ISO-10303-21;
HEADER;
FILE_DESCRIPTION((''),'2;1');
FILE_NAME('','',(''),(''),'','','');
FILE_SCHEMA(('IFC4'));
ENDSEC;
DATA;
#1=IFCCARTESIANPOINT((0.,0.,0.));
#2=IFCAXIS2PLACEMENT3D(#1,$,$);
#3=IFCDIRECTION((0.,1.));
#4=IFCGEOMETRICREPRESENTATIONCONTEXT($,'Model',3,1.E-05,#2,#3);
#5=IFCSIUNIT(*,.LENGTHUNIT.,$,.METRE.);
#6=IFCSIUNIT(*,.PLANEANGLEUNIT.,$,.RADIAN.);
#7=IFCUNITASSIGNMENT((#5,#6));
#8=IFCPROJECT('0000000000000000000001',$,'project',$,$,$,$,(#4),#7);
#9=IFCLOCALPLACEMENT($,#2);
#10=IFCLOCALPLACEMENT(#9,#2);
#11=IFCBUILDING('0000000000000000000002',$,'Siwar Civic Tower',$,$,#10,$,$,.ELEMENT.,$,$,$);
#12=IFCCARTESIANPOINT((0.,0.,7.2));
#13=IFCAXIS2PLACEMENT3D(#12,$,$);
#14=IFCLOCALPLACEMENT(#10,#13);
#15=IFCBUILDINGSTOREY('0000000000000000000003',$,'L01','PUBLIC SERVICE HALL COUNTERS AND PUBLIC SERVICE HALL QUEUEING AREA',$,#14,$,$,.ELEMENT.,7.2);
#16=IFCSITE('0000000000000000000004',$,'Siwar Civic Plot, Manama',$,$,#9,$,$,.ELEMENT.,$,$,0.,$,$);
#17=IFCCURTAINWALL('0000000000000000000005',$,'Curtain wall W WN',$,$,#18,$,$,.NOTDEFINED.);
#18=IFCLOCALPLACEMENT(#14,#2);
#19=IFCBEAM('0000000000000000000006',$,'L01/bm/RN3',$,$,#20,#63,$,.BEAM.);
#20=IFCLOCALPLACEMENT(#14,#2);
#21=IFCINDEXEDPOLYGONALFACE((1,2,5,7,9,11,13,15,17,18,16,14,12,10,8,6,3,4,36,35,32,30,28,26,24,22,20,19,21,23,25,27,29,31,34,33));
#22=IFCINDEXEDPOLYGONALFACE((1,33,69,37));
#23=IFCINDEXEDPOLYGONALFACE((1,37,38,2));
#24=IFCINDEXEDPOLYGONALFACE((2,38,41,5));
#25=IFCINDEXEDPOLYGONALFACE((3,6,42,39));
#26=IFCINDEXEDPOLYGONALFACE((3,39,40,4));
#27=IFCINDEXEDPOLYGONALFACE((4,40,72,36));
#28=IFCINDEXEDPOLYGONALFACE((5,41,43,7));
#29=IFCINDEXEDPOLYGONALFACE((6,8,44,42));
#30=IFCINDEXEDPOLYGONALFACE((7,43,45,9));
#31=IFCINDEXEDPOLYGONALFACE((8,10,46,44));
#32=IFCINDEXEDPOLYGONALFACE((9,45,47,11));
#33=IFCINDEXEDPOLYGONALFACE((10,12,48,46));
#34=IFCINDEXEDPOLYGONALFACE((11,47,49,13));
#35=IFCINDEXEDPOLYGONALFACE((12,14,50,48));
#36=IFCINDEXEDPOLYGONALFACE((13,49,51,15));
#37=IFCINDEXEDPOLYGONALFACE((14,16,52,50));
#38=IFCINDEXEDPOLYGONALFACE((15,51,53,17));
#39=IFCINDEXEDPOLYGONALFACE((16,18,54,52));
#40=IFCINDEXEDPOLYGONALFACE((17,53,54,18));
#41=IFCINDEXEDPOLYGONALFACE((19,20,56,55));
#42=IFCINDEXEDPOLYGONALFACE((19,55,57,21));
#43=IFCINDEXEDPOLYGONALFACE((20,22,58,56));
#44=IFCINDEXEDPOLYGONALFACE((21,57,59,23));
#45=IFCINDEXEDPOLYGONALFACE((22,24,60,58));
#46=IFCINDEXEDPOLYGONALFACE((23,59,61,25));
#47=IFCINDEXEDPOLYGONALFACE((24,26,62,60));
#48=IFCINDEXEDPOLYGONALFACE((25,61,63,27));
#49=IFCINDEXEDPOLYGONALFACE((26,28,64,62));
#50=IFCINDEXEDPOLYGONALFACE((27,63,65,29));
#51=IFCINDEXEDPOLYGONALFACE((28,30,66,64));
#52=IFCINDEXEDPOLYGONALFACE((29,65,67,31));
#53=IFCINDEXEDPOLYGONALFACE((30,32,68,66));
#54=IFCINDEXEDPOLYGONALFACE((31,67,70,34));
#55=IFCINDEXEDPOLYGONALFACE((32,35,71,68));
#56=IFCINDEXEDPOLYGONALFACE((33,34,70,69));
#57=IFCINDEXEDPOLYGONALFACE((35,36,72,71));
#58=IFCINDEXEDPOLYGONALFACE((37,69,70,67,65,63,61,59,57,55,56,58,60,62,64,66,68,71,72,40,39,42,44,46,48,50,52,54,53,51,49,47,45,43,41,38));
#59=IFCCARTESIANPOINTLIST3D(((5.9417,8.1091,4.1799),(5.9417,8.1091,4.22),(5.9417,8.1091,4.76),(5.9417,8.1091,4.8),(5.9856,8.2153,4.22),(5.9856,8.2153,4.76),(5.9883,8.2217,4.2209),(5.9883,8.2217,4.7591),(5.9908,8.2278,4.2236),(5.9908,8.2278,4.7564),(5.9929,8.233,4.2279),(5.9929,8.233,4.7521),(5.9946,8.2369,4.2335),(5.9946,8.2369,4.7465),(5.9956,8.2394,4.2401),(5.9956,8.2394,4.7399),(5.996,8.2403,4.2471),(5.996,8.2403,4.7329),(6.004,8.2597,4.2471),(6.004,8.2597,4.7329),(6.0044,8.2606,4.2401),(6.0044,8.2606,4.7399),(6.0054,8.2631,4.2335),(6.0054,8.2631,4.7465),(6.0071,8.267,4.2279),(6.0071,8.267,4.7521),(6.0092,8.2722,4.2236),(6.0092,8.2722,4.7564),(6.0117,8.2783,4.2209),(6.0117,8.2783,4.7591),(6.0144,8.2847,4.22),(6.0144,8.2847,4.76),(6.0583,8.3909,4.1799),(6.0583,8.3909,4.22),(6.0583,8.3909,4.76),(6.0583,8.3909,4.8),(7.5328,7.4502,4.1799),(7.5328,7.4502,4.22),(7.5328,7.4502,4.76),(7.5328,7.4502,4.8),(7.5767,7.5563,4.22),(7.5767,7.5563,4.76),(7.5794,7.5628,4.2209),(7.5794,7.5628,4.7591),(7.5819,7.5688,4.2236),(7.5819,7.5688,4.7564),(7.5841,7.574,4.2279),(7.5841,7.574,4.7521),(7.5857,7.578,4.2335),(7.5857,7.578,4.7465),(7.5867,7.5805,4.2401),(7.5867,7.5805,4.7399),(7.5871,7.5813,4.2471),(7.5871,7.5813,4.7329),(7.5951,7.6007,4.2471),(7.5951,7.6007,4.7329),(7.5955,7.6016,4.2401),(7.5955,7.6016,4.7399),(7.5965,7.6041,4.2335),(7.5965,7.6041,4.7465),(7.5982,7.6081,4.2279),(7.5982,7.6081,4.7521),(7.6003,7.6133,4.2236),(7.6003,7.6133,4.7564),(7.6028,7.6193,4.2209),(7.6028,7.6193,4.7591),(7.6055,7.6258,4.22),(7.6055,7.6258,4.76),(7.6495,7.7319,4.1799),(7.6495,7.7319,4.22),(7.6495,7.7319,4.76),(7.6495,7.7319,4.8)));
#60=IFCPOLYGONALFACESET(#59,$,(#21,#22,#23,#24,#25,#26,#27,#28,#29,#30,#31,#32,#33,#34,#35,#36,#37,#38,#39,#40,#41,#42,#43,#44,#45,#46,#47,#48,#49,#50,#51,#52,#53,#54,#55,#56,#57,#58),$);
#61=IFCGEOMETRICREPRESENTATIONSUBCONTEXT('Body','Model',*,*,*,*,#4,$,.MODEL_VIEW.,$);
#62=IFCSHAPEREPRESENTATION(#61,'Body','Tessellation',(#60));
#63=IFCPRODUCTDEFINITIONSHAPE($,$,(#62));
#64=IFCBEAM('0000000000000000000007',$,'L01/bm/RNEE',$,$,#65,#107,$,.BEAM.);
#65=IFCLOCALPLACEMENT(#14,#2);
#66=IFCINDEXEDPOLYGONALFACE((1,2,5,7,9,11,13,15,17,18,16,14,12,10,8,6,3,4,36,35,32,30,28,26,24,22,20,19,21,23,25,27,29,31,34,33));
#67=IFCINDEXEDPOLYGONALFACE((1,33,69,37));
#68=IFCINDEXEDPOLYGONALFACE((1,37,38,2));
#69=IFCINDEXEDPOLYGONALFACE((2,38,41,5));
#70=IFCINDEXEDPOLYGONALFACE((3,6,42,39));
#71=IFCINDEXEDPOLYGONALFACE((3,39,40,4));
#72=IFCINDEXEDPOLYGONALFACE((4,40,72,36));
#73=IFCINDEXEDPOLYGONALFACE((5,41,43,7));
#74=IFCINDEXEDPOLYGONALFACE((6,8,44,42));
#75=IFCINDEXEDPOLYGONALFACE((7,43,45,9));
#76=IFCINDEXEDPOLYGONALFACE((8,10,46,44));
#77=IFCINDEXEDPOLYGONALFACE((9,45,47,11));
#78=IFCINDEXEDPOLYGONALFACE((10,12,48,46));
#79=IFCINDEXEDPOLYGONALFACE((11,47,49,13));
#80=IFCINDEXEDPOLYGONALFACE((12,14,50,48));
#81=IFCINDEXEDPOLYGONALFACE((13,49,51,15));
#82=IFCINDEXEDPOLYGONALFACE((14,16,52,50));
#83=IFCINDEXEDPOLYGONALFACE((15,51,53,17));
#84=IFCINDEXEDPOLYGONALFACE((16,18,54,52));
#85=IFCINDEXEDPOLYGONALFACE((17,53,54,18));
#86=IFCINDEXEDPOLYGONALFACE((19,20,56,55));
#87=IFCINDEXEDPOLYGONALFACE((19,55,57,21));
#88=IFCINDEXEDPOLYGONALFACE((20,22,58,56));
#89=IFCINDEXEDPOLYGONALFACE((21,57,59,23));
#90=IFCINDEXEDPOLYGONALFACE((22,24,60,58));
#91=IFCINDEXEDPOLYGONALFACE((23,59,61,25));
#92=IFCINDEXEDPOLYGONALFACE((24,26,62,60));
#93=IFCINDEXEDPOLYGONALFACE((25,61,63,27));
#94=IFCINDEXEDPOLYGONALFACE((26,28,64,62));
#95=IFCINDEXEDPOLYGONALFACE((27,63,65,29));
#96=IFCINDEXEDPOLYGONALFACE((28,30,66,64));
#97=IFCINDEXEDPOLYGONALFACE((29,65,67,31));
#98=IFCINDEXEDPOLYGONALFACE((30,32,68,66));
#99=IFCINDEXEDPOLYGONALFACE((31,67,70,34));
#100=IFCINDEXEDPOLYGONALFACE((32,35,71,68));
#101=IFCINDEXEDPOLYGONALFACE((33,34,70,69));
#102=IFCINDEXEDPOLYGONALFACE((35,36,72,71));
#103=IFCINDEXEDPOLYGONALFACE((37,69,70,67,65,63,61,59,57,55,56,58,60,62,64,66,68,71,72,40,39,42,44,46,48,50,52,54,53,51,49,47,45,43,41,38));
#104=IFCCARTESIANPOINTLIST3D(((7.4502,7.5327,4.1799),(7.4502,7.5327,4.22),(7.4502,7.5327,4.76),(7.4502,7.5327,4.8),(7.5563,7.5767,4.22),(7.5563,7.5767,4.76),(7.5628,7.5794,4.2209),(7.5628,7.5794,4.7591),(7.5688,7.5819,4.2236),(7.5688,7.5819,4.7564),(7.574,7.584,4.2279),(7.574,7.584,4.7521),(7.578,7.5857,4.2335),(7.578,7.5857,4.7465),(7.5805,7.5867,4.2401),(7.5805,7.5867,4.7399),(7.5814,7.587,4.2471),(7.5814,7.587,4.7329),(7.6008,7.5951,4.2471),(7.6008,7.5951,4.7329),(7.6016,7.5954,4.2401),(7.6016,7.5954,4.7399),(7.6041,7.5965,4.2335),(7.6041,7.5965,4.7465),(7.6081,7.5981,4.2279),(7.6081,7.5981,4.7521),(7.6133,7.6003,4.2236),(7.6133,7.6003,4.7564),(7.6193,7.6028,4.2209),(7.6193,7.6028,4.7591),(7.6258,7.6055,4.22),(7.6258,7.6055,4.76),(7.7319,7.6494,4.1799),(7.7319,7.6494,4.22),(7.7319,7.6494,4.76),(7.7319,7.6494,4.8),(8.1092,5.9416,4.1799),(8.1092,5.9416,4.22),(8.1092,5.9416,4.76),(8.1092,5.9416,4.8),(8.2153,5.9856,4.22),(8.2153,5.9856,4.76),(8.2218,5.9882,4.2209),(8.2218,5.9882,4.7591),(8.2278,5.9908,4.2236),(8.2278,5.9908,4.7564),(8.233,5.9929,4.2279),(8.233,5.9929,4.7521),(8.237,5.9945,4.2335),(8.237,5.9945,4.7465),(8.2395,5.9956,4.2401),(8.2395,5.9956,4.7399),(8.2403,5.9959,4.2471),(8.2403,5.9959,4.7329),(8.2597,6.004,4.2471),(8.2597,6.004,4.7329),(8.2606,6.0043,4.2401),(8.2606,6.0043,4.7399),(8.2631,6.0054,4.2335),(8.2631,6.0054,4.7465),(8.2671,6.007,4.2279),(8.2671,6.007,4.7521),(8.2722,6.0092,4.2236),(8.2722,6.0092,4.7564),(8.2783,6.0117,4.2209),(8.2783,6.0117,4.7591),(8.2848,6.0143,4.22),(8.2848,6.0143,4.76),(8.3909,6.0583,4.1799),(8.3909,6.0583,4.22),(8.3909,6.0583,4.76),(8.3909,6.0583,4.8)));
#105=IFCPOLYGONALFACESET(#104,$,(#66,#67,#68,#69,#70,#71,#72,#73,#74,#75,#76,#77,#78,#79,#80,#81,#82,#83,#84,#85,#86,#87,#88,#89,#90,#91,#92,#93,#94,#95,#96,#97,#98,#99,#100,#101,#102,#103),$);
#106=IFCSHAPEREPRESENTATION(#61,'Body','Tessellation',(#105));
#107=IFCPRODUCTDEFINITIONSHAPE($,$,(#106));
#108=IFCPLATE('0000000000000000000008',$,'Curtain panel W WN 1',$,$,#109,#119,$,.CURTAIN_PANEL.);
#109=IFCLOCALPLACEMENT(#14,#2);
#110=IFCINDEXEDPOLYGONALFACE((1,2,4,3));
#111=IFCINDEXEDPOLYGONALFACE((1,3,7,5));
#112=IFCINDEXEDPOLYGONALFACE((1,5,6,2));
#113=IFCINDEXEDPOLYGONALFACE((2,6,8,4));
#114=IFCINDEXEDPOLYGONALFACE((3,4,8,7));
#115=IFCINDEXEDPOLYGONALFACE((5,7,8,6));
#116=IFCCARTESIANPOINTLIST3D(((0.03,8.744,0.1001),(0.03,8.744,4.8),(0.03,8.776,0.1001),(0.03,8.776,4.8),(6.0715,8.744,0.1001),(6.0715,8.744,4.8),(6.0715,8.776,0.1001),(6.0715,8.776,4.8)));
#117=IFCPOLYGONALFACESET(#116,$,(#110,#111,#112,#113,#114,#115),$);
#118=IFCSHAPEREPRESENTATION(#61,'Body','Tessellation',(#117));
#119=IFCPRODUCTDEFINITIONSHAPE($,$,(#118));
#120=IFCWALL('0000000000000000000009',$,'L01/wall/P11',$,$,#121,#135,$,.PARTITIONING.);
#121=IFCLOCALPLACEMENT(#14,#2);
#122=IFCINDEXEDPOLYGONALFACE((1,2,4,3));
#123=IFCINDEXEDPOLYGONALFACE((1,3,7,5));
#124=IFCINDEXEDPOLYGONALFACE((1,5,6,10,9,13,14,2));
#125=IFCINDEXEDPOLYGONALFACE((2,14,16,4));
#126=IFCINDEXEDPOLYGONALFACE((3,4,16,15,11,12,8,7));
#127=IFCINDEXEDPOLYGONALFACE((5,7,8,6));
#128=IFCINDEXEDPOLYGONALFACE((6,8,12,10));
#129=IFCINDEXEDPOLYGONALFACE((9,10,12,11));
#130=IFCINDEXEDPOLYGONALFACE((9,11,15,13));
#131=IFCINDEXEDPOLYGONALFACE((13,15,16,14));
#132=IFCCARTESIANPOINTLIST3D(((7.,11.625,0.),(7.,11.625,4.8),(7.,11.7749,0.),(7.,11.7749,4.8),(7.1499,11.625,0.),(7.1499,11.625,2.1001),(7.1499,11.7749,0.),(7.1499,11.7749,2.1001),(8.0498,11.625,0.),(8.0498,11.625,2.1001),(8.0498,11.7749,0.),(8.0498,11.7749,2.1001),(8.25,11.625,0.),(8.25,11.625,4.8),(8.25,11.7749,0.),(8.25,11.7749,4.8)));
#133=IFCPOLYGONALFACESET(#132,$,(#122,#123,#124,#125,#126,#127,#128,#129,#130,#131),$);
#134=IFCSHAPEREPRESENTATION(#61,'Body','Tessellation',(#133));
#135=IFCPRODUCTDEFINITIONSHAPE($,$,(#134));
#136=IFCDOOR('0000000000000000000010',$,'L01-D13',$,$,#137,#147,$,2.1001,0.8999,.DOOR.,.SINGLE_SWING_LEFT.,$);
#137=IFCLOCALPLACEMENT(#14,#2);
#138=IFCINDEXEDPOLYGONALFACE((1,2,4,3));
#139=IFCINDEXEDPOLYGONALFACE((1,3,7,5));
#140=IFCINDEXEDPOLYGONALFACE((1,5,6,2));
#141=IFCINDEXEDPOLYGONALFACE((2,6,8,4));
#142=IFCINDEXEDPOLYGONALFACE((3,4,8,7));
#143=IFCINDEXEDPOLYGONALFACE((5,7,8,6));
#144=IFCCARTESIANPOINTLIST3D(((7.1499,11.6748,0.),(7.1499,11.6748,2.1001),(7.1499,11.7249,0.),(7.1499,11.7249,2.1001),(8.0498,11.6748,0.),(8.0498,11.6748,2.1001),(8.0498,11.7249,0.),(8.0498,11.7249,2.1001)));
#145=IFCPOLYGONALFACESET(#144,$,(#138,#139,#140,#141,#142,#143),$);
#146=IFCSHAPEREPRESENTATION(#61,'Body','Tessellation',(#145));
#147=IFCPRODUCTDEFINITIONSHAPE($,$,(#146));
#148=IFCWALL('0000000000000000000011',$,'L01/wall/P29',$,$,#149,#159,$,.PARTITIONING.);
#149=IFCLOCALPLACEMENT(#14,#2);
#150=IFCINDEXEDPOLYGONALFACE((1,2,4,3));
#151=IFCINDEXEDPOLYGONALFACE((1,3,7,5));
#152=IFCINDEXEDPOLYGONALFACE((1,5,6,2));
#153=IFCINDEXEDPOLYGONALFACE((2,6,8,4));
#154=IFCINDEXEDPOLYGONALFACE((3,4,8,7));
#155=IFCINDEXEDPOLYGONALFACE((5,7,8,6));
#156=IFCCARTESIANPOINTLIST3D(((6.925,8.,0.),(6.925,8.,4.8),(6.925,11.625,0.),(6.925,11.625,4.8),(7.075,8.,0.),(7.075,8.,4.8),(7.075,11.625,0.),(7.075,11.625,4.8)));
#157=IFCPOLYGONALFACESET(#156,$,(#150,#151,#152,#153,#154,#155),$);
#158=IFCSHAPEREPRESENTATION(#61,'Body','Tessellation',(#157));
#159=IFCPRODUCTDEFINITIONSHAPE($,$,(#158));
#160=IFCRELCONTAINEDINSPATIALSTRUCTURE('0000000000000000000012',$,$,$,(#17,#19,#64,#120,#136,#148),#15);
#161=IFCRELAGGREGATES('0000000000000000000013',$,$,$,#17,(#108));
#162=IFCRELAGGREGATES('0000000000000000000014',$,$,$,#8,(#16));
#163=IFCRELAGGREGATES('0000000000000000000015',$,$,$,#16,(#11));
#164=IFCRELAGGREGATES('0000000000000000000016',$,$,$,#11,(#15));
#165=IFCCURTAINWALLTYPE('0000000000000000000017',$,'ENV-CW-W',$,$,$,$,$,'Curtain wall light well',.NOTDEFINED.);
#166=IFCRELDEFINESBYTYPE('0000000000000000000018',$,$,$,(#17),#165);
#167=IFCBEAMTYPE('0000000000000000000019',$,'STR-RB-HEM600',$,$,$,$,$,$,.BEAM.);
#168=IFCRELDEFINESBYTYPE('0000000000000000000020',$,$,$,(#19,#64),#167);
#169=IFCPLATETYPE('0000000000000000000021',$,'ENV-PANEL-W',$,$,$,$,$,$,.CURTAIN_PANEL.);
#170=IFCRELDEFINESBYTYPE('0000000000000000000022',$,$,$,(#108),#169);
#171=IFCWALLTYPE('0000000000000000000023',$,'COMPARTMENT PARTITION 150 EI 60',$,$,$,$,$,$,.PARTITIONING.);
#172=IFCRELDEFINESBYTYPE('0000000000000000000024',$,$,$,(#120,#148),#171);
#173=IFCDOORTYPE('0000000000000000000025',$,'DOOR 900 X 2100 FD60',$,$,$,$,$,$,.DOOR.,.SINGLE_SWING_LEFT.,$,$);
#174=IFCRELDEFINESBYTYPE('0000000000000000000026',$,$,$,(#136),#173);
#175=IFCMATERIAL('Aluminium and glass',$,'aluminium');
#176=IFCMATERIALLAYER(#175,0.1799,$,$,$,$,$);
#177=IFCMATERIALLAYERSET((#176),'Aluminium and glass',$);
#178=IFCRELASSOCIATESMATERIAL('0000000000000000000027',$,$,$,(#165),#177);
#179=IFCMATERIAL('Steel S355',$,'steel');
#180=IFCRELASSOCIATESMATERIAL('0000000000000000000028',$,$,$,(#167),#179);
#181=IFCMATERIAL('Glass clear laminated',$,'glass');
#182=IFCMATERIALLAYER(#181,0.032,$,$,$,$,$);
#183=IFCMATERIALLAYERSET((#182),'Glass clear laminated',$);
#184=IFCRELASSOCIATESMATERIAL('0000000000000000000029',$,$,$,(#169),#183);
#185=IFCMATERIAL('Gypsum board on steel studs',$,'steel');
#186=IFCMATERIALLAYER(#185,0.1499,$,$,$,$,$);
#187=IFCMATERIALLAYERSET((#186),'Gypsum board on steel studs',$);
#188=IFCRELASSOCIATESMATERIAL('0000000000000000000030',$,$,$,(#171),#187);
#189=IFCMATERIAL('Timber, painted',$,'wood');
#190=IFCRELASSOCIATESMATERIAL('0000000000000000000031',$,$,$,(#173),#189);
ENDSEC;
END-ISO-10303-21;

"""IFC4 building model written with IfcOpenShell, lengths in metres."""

from ifc_helpers import new_model, si_unit, direction, frame, frame_2d, origin, origin_2d, place, context, subcontext, project, spatial, rectangle, i_section, extrude, material, layer, layer_set, material_profile, profile_set, type_object, element, fill, aggregate, save


model = new_model("IFC4")

# Units and contexts
model_context = context("Model", 3, precision=1e-05, world=origin(), true_north=direction((0.0, 1.0)))
body_context = subcontext(model_context, "Body", "Model", "MODEL_VIEW")
ifc_project = project(units=[si_unit("LENGTHUNIT", "METRE"), si_unit("PLANEANGLEUNIT", "RADIAN")], contexts=[model_context])

# Site, building, storey
site_placement = place(None, origin())
site = spatial("IfcSite", under=ifc_project, at=site_placement, Name="Siwar Civic Plot, Manama", CompositionType="ELEMENT", RefElevation=0.0)
building_placement = place(site_placement, origin())
building = spatial("IfcBuilding", under=site, at=building_placement, Name="Siwar Civic Tower", CompositionType="ELEMENT")
storey_placement = place(building_placement, frame((0.0, 0.0, 7.2)))
storey = spatial("IfcBuildingStorey", under=building, at=storey_placement, Name="L01", Description="PUBLIC SERVICE HALL COUNTERS AND PUBLIC SERVICE HALL QUEUEING AREA", CompositionType="ELEMENT", Elevation=7.2)

# Curtain wall
ifc_material_1 = material(Name="Aluminium and glass", Category="aluminium")
ifc_layer_1 = layer(ifc_material_1, 0.1799)
ifc_layer_set_1 = layer_set([ifc_layer_1], Name="Aluminium and glass")
curtain_wall_type = type_object("IfcCurtainWallType", Name="ENV-CW-W", ElementType="Curtain wall light well", PredefinedType="NOTDEFINED", material=ifc_layer_set_1)
curtain_wall_placement = place(storey_placement, origin())
curtain_wall = element("IfcCurtainWall", 1, at=curtain_wall_placement, inside=storey, type_object=curtain_wall_type, Name="Curtain wall W WN", PredefinedType="NOTDEFINED")

# Beams
ifc_material_2 = material(Name="Steel S355", Category="steel")
ifc_material_profile_1 = material_profile(ifc_material_2, i_section(OverallWidth=0.3049, OverallDepth=0.6201, WebThickness=0.021, FlangeThickness=0.04, FilletRadius=0.0271, at=origin_2d()), Name="HEM600")
ifc_profile_set_1 = profile_set([ifc_material_profile_1], Name="Steel S355")
beam_type_1 = type_object("IfcBeamType", Name="STR-RB-HEM600", PredefinedType="BEAM", material=ifc_profile_set_1)
for number, where, z_axis, x_axis, name in (
    (2, (6.0, 8.25, 4.49), (0.923901, -0.382631, 0.0), (0.382631, 0.923901, 0.0), "L01/bm/RN3"),
    (3, (7.5911, 7.5911, 4.49), (0.382631, -0.923901, 0.0), (0.923901, 0.382631, 0.0), "L01/bm/RNEE"),
):
    element("IfcBeam", number, at=place(storey_placement, frame(where, z_axis=z_axis, x_axis=x_axis)), inside=storey, type_object=beam_type_1, Name=name, PredefinedType="BEAM", context=body_context, shape_type="SweptSolid", body=[
        extrude(i_section(OverallWidth=0.3049, OverallDepth=0.6201, WebThickness=0.021, FlangeThickness=0.04, FilletRadius=0.0271, at=origin_2d()), origin(), (0.0, 0.0, 1.0), 1.7222),
    ])

# Plate
ifc_material_3 = material(Name="Glass clear laminated", Category="glass")
ifc_layer_2 = layer(ifc_material_3, 0.032)
ifc_layer_set_2 = layer_set([ifc_layer_2], Name="Glass clear laminated")
plate_type = type_object("IfcPlateType", Name="ENV-PANEL-W", PredefinedType="CURTAIN_PANEL", material=ifc_layer_set_2)
plate_placement = place(storey_placement, frame((3.0508, 8.76, 0.1001), z_axis=(0.0, 0.0, 1.0), x_axis=(-1.0, 0.0, 0.0)))
plate = element("IfcPlate", 4, at=plate_placement, type_object=plate_type, Name="Curtain panel W WN 1", PredefinedType="CURTAIN_PANEL", context=body_context, shape_type="SweptSolid", body=[
    extrude(rectangle(XDim=6.0415, YDim=0.032, at=origin_2d()), origin(), (0.0, 0.0, 1.0), 4.7),
])
aggregate(curtain_wall, [plate])

# Wall, opening, door
ifc_material_4 = material(Name="Gypsum board on steel studs", Category="steel")
ifc_layer_3 = layer(ifc_material_4, 0.1499)
ifc_layer_set_3 = layer_set([ifc_layer_3], Name="Gypsum board on steel studs")
wall_type_1 = type_object("IfcWallType", Name="COMPARTMENT PARTITION 150 EI 60", PredefinedType="PARTITIONING", material=ifc_layer_set_3)
wall_1_placement = place(storey_placement, frame((7.0, 11.7, 0.0), z_axis=(0.0, 0.0, 1.0), x_axis=(1.0, 0.0, 0.0)))
wall_1 = element("IfcWall", 5, at=wall_1_placement, inside=storey, type_object=wall_type_1, Name="L01/wall/P11", PredefinedType="PARTITIONING", context=body_context, shape_type="SweptSolid", body=[
    extrude(rectangle(XDim=1.25, YDim=0.1499, at=frame_2d((0.625, 0.0))), origin(), (0.0, 0.0, 1.0), 4.8),
])
opening_1_placement = place(wall_1_placement, frame((0.1499, 0.0, 0.0)))
opening_1 = element("IfcOpeningElement", 6, at=opening_1_placement, cuts=wall_1, PredefinedType="OPENING", context=body_context, shape_type="SweptSolid", body=[
    extrude(rectangle(XDim=0.8999, YDim=2.1001, at=frame_2d((0.45, 1.05))), frame((0.0, 0.085, 0.0), z_axis=(0.0, -1.0, 0.0), x_axis=(1.0, 0.0, 0.0)), (0.0, 0.0, 1.0), 0.1699),
])
ifc_material_5 = material(Name="Timber, painted", Category="wood")
door_type_1 = type_object("IfcDoorType", Name="DOOR 900 X 2100 FD60", OperationType="SINGLE_SWING_LEFT", PredefinedType="DOOR", material=ifc_material_5)
door_1_placement = place(opening_1_placement, origin())
door_1 = element("IfcDoor", 7, at=door_1_placement, inside=storey, type_object=door_type_1, Name="L01-D13", OperationType="SINGLE_SWING_LEFT", OverallHeight=2.1001, OverallWidth=0.8999, PredefinedType="DOOR", context=body_context, shape_type="SweptSolid", body=[
    extrude(rectangle(XDim=0.8999, YDim=2.1001, at=frame_2d((0.45, 1.05))), frame((0.0, 0.0249, 0.0), z_axis=(0.0, -1.0, 0.0), x_axis=(1.0, 0.0, 0.0)), (0.0, 0.0, 1.0), 0.05),
])
fill(opening_1, door_1)

# Wall
wall_2_placement = place(storey_placement, frame((7.0, 8.0, 0.0), z_axis=(0.0, 0.0, 1.0), x_axis=(0.0, 1.0, 0.0)))
element("IfcWall", 8, at=wall_2_placement, inside=storey, type_object=wall_type_1, Name="L01/wall/P29", PredefinedType="PARTITIONING", context=body_context, shape_type="SweptSolid", body=[
    extrude(rectangle(XDim=3.625, YDim=0.1499, at=frame_2d((1.8125, 0.0))), origin(), (0.0, 0.0, 1.0), 4.8),
])

save(model, "model.ifc")
